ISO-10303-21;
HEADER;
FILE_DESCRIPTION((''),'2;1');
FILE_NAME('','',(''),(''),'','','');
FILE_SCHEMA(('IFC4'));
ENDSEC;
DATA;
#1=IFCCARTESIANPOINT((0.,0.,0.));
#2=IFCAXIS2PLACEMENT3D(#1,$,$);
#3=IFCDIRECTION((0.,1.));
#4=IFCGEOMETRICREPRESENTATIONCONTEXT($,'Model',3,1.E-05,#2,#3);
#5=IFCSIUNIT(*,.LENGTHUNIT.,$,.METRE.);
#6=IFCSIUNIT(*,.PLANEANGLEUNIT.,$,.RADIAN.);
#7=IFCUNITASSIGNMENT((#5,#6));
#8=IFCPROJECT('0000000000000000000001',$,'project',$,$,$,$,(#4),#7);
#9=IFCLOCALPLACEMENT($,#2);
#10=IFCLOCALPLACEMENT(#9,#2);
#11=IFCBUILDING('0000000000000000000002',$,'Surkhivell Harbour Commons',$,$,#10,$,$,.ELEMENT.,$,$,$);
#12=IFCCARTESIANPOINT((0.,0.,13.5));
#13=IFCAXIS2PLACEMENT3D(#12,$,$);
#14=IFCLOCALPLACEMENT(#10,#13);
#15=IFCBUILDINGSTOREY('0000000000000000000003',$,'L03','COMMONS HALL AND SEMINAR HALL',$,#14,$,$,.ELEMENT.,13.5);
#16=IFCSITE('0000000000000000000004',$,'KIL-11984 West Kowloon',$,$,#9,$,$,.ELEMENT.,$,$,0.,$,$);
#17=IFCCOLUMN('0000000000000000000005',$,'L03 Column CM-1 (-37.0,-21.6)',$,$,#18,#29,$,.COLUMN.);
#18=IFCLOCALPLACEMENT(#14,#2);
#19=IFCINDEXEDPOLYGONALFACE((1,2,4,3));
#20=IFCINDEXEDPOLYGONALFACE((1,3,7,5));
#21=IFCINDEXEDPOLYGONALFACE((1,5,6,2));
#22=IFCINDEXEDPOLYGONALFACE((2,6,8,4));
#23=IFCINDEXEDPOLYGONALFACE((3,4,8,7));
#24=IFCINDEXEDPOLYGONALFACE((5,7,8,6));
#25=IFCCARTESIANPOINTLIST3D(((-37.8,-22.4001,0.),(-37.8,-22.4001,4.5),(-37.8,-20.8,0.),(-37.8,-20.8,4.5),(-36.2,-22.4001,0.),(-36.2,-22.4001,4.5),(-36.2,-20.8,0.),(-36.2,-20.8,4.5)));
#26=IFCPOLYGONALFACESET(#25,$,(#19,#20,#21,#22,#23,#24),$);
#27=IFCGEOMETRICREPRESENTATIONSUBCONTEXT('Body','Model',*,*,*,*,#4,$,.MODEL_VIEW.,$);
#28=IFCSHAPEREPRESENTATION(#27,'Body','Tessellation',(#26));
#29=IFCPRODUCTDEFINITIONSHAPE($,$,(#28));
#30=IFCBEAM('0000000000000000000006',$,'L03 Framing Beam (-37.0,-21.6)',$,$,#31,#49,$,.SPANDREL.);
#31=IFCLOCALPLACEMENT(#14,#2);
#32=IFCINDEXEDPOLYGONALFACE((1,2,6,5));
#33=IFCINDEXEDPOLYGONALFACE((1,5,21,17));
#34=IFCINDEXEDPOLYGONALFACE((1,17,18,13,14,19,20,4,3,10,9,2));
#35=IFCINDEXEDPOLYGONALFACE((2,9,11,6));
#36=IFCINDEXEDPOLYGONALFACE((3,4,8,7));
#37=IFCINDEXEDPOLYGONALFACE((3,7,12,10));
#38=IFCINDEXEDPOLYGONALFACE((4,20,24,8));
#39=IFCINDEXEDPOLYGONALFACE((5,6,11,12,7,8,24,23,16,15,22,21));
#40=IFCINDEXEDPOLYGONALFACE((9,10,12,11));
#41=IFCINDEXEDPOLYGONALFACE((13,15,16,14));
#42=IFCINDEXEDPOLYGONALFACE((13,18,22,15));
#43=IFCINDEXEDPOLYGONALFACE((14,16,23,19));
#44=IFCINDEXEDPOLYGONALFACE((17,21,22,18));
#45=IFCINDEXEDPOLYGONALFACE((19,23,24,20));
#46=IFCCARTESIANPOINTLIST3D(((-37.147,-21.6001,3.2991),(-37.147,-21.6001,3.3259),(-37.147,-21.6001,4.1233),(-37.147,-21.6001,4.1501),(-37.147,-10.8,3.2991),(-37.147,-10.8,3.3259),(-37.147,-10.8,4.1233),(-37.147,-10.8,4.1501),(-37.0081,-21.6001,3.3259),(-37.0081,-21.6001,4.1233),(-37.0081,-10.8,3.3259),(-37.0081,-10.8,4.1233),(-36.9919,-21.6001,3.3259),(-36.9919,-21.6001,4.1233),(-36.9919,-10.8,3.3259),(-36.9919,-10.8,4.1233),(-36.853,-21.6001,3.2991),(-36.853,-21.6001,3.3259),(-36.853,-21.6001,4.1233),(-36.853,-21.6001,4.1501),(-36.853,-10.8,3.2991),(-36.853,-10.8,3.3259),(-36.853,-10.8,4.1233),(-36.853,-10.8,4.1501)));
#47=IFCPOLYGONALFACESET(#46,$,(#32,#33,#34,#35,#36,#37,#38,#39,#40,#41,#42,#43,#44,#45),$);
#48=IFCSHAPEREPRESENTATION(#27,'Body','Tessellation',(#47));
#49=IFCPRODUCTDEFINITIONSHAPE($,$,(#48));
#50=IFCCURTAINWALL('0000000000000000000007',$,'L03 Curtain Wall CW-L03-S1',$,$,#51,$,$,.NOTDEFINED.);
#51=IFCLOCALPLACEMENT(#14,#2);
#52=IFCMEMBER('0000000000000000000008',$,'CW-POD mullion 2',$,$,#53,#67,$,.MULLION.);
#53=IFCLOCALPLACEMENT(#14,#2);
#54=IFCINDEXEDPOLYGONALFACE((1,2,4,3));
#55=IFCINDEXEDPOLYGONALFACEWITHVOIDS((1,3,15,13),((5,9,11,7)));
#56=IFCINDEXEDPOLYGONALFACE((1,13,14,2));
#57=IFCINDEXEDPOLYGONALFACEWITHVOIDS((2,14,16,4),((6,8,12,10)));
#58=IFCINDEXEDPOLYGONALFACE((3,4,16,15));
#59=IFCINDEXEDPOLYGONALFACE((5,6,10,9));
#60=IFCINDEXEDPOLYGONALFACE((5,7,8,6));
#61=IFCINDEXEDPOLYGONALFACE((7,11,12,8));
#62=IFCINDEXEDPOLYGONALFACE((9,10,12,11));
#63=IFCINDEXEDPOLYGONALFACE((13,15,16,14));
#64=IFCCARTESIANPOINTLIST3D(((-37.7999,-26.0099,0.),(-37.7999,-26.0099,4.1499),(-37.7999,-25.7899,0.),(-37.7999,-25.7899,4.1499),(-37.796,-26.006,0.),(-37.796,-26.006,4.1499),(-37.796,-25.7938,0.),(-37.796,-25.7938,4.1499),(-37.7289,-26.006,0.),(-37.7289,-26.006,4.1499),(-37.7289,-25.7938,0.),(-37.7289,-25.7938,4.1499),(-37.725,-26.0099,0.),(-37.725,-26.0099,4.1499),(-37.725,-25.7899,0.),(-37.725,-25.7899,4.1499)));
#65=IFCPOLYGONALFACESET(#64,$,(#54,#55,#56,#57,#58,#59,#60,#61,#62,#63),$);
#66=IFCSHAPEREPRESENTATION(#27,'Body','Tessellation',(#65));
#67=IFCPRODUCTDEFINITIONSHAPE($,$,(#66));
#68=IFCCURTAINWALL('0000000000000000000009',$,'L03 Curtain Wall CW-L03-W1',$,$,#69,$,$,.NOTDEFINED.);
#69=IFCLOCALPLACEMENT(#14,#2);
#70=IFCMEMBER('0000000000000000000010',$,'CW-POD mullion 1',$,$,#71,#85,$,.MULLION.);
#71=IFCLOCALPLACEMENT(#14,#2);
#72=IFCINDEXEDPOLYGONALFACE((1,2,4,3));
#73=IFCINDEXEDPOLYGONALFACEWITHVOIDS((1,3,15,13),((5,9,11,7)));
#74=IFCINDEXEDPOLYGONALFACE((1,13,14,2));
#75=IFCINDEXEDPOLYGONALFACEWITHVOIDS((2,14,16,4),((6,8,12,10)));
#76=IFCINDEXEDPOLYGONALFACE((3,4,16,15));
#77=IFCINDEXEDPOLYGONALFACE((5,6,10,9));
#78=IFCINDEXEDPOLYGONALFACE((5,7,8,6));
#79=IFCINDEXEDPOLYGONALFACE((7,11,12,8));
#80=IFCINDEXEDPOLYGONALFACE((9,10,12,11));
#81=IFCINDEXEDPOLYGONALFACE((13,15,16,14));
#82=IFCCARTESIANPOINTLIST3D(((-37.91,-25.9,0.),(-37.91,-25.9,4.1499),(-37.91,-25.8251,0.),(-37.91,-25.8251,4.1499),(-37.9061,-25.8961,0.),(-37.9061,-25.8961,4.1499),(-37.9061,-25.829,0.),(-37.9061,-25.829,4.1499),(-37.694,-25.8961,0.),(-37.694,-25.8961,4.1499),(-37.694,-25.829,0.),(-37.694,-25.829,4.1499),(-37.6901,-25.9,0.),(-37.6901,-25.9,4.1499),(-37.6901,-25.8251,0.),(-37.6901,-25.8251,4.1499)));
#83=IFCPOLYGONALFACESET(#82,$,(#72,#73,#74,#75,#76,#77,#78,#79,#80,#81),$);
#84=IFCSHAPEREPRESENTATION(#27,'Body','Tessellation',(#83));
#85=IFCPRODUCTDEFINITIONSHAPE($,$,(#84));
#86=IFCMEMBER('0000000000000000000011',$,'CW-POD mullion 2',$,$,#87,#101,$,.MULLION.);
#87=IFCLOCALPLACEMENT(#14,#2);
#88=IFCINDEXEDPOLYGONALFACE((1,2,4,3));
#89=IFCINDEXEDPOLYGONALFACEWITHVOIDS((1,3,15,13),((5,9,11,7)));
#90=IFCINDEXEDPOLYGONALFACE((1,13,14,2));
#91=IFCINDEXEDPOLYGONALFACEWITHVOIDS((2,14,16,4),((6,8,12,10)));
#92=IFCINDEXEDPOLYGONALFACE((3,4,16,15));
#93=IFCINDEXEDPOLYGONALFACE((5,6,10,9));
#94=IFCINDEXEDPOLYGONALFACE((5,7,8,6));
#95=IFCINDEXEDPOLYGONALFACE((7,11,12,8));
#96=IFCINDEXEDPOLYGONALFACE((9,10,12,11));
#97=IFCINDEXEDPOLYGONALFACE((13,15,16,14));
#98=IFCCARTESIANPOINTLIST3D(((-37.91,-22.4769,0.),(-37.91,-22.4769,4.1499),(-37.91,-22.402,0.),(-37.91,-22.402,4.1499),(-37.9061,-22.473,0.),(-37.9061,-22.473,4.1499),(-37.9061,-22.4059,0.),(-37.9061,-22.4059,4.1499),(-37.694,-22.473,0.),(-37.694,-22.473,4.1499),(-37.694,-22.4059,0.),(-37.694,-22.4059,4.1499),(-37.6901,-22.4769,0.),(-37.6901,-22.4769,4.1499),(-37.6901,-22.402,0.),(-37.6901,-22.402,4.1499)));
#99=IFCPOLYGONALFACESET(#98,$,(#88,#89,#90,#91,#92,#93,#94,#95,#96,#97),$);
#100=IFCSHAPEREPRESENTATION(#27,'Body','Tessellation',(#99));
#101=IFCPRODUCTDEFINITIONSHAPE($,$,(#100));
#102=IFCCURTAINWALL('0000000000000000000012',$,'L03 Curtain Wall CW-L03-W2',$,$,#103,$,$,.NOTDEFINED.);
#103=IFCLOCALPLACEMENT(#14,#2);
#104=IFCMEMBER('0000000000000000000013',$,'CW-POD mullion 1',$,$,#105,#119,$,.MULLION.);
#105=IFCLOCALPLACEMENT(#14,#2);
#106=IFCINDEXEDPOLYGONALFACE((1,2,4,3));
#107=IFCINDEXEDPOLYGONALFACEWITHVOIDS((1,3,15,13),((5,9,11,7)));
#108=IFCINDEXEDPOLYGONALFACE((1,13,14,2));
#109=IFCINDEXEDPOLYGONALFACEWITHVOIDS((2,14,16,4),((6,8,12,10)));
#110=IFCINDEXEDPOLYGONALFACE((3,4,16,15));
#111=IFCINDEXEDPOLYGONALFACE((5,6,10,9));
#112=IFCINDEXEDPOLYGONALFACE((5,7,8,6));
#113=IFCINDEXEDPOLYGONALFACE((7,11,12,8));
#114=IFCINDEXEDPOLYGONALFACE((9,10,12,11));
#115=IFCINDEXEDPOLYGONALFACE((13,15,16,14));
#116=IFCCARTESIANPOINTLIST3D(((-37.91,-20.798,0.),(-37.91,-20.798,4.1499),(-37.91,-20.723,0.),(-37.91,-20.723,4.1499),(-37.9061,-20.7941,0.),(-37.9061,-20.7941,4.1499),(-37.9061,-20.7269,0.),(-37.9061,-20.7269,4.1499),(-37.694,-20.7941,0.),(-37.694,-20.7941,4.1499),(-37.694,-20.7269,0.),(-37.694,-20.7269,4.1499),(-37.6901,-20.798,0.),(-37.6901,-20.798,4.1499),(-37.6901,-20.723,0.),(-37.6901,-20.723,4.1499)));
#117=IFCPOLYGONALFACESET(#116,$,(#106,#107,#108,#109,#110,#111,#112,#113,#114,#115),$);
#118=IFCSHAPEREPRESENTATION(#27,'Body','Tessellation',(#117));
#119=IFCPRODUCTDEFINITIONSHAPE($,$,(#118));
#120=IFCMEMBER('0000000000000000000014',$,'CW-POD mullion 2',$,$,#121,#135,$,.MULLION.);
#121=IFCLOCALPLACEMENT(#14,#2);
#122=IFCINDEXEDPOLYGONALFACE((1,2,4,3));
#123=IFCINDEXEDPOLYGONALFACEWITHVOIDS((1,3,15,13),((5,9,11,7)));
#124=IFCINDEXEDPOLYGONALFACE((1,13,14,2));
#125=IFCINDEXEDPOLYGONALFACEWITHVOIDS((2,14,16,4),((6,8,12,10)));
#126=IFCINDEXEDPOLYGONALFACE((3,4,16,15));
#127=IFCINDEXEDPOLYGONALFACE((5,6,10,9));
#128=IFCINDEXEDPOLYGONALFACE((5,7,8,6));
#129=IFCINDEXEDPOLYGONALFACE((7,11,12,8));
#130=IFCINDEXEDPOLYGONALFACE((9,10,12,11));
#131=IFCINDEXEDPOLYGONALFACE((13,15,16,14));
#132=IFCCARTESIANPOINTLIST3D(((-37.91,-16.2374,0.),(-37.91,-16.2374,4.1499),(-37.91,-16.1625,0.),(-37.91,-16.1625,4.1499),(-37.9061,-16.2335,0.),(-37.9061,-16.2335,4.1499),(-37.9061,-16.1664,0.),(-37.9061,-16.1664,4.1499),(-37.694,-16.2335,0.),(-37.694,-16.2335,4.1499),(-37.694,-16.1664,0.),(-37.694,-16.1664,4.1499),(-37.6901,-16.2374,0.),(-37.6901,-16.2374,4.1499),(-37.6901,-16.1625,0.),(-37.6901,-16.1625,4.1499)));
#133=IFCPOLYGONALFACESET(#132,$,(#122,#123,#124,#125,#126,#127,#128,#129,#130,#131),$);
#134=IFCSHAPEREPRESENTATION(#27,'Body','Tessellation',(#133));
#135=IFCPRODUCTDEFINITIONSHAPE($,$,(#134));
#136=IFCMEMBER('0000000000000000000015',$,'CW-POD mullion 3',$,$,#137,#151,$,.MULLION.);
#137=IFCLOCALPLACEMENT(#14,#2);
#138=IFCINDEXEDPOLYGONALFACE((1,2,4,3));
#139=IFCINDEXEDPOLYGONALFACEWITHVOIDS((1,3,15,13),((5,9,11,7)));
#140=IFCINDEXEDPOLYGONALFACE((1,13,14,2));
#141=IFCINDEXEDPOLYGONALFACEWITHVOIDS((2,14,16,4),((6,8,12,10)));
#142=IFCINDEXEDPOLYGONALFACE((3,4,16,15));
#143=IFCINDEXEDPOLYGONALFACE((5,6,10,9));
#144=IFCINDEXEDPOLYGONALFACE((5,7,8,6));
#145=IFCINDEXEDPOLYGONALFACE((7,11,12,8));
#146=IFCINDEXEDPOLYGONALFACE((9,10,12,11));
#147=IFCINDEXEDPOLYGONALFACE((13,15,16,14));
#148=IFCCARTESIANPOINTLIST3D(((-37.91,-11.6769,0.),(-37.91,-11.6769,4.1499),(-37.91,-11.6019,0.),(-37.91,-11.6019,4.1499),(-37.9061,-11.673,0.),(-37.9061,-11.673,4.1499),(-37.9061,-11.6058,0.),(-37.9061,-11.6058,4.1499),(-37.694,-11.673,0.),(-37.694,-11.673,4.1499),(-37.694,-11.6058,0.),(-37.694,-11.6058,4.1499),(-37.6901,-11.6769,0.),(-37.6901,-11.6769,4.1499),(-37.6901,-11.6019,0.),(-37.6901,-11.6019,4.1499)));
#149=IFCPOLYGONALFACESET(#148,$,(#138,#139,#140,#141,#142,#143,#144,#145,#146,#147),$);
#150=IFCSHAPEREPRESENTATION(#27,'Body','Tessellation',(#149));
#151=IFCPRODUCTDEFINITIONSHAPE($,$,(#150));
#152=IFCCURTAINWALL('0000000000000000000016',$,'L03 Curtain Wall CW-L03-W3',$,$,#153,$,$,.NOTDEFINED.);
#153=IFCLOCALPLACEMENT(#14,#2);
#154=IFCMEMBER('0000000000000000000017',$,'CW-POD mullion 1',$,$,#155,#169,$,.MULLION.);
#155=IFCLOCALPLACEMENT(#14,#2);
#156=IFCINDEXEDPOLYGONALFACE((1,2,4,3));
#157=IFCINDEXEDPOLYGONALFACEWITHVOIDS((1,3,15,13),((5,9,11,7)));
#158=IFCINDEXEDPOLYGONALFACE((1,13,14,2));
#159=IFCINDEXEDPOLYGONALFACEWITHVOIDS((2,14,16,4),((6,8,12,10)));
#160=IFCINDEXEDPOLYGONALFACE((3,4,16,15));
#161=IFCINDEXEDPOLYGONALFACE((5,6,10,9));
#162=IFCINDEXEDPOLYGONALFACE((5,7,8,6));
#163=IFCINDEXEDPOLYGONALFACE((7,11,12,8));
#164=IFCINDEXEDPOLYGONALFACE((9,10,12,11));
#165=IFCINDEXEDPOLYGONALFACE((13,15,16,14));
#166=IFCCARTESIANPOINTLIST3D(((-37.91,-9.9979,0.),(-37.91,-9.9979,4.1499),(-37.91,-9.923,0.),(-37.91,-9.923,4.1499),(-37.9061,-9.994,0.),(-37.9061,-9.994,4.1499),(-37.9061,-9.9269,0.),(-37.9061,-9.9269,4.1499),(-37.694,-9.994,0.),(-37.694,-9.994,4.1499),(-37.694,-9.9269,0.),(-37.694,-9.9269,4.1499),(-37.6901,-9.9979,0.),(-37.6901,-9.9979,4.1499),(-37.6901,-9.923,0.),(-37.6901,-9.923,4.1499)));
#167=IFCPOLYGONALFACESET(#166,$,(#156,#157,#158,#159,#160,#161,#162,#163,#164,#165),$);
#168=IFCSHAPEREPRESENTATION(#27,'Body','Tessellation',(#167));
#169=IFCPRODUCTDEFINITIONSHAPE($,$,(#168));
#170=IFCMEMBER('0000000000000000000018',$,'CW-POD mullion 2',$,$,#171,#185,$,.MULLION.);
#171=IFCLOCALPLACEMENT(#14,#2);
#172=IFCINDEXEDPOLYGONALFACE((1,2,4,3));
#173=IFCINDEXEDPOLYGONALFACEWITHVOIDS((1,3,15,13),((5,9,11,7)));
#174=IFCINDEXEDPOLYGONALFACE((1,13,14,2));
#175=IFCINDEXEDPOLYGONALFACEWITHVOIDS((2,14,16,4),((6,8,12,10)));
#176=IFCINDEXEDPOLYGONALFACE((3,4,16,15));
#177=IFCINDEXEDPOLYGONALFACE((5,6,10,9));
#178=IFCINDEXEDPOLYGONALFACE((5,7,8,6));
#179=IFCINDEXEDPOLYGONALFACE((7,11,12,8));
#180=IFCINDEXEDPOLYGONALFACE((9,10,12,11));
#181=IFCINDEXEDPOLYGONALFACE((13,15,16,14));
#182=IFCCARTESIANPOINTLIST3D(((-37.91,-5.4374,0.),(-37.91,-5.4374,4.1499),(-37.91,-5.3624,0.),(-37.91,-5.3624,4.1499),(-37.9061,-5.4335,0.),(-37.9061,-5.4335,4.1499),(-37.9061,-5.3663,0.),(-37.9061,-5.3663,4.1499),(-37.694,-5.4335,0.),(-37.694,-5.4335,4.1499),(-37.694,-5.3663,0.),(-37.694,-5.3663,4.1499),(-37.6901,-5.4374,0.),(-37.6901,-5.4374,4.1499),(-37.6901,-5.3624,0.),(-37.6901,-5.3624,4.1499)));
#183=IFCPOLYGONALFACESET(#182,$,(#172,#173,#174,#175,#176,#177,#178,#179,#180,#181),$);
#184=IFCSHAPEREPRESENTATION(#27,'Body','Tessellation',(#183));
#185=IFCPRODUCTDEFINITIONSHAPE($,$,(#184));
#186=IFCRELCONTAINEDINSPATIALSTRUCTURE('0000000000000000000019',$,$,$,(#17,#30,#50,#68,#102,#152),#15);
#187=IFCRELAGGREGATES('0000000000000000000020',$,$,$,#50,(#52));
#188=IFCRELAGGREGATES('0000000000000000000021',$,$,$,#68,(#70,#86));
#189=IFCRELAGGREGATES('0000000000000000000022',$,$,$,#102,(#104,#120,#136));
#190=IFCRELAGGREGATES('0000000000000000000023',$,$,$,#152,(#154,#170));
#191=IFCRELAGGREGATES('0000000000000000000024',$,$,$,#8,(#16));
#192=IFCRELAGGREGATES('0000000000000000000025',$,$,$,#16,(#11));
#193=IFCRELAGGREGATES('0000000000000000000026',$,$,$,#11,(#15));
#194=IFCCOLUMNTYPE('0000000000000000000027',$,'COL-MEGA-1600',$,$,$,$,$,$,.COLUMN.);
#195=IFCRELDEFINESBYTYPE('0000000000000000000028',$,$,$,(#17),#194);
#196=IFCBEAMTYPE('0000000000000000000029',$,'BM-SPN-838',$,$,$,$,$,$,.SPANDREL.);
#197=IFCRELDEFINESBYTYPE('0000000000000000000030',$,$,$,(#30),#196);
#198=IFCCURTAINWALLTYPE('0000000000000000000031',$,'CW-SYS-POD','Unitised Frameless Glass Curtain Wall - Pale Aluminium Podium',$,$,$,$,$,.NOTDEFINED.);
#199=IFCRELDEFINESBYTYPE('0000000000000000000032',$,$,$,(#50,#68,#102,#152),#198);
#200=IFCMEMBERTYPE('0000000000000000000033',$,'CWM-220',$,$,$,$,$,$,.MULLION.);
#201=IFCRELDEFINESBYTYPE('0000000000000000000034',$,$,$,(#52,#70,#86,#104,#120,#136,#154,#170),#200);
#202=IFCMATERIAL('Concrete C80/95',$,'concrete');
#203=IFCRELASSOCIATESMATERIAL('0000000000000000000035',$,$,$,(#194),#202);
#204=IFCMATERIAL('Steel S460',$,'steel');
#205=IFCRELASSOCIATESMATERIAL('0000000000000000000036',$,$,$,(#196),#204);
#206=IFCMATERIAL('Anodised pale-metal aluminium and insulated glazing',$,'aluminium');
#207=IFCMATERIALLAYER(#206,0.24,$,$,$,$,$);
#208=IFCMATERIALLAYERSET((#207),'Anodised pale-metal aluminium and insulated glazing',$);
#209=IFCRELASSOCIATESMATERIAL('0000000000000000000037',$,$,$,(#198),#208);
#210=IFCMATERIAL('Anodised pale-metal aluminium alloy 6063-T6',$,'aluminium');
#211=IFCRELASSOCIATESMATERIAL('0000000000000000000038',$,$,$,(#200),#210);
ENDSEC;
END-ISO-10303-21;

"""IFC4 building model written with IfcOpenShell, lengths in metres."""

from ifc_helpers import new_model, si_unit, direction, frame, origin, origin_2d, place, context, subcontext, project, spatial, rectangle, hollow_rectangle, i_section, extrude, material, layer, layer_set, material_profile, profile_set, type_object, element, aggregate, save


model = new_model("IFC4")

# Units and contexts
model_context = context("Model", 3, precision=1e-05, world=origin(), true_north=direction((0.0, 1.0)))
body_context = subcontext(model_context, "Body", "Model", "MODEL_VIEW")
ifc_project = project(units=[si_unit("LENGTHUNIT", "METRE"), si_unit("PLANEANGLEUNIT", "RADIAN")], contexts=[model_context])

# Site, building, storey
site_placement = place(None, origin())
site = spatial("IfcSite", under=ifc_project, at=site_placement, Name="KIL-11984 West Kowloon", CompositionType="ELEMENT", RefElevation=0.0)
building_placement = place(site_placement, origin())
building = spatial("IfcBuilding", under=site, at=building_placement, Name="Surkhivell Harbour Commons", CompositionType="ELEMENT")
storey_placement = place(building_placement, frame((0.0, 0.0, 13.5)))
storey = spatial("IfcBuildingStorey", under=building, at=storey_placement, Name="L03", Description="COMMONS HALL AND SEMINAR HALL", CompositionType="ELEMENT", Elevation=13.5)

# Column
ifc_material_1 = material(Name="Concrete C80/95", Category="concrete")
ifc_material_profile_1 = material_profile(ifc_material_1, rectangle(XDim=1.6001, YDim=1.6001, at=origin_2d()), Name="RC-COL-1600x1600")
ifc_profile_set_1 = profile_set([ifc_material_profile_1], Name="Concrete C80/95")
column_type = type_object("IfcColumnType", Name="COL-MEGA-1600", PredefinedType="COLUMN", material=ifc_profile_set_1)
column_placement = place(storey_placement, frame((-37.0, -21.6001, 0.0), z_axis=(0.0, 0.0, 1.0), x_axis=(1.0, 0.0, 0.0)))
element("IfcColumn", 1, at=column_placement, inside=storey, type_object=column_type, Name="L03 Column CM-1 (-37.0,-21.6)", PredefinedType="COLUMN", context=body_context, shape_type="SweptSolid", body=[
    extrude(rectangle(XDim=1.6001, YDim=1.6001, at=origin_2d()), origin(), (0.0, 0.0, 1.0), 4.5),
])

# Beam
ifc_material_2 = material(Name="Steel S460", Category="steel")
ifc_material_profile_2 = material_profile(ifc_material_2, i_section(OverallWidth=0.2939, OverallDepth=0.8511, WebThickness=0.0161, FlangeThickness=0.0269, at=origin_2d()), Name="UB838x292x226")
ifc_profile_set_2 = profile_set([ifc_material_profile_2], Name="Steel S460")
beam_type = type_object("IfcBeamType", Name="BM-SPN-838", PredefinedType="SPANDREL", material=ifc_profile_set_2)
beam_placement = place(storey_placement, frame((-37.0, -21.6001, 3.7246), z_axis=(0.0, 1.0, 0.0), x_axis=(-1.0, 0.0, 0.0)))
element("IfcBeam", 2, at=beam_placement, inside=storey, type_object=beam_type, Name="L03 Framing Beam (-37.0,-21.6)", PredefinedType="SPANDREL", context=body_context, shape_type="SweptSolid", body=[
    extrude(i_section(OverallWidth=0.2939, OverallDepth=0.8511, WebThickness=0.0161, FlangeThickness=0.0269, at=origin_2d()), origin(), (0.0, 0.0, 1.0), 10.8),
])

# Curtain wall, member
ifc_material_3 = material(Name="Anodised pale-metal aluminium and insulated glazing", Category="aluminium")
ifc_layer_1 = layer(ifc_material_3, 0.24)
ifc_layer_set_1 = layer_set([ifc_layer_1], Name="Anodised pale-metal aluminium and insulated glazing")
curtain_wall_type = type_object("IfcCurtainWallType", Name="CW-SYS-POD", Description="Unitised Frameless Glass Curtain Wall - Pale Aluminium Podium", PredefinedType="NOTDEFINED", material=ifc_layer_set_1)
curtain_wall_1_placement = place(storey_placement, origin())
curtain_wall_1 = element("IfcCurtainWall", 3, at=curtain_wall_1_placement, inside=storey, type_object=curtain_wall_type, Name="L03 Curtain Wall CW-L03-S1", PredefinedType="NOTDEFINED")
ifc_material_4 = material(Name="Anodised pale-metal aluminium alloy 6063-T6", Category="aluminium")
ifc_material_profile_3 = material_profile(ifc_material_4, hollow_rectangle(XDim=0.075, YDim=0.22, WallThickness=0.0039, at=origin_2d()), Name="ALU-MULL-75x220")
ifc_profile_set_3 = profile_set([ifc_material_profile_3], Name="Anodised pale-metal aluminium alloy 6063-T6")
member_type_1 = type_object("IfcMemberType", Name="CWM-220", PredefinedType="MULLION", material=ifc_profile_set_3)
member_1_placement = place(storey_placement, frame((-37.7625, -25.8999, 0.0), z_axis=(0.0, 0.0, 1.0), x_axis=(-1.0, 0.0, 0.0)))
member_1 = element("IfcMember", 4, at=member_1_placement, type_object=member_type_1, Name="CW-POD mullion 2", PredefinedType="MULLION", context=body_context, shape_type="SweptSolid", body=[
    extrude(hollow_rectangle(XDim=0.075, YDim=0.22, WallThickness=0.0039, at=origin_2d()), origin(), (0.0, 0.0, 1.0), 4.1499),
])
aggregate(curtain_wall_1, [member_1])

# Curtain walls, members
curtain_wall_2_placement = place(storey_placement, origin())
curtain_wall_2 = element("IfcCurtainWall", 5, at=curtain_wall_2_placement, inside=storey, type_object=curtain_wall_type, Name="L03 Curtain Wall CW-L03-W1", PredefinedType="NOTDEFINED")
member_2_placement = place(storey_placement, frame((-37.8, -25.8625, 0.0), z_axis=(0.0, 0.0, 1.0), x_axis=(0.0, 1.0, 0.0)))
member_2 = element("IfcMember", 6, at=member_2_placement, type_object=member_type_1, Name="CW-POD mullion 1", PredefinedType="MULLION", context=body_context, shape_type="SweptSolid", body=[
    extrude(hollow_rectangle(XDim=0.075, YDim=0.22, WallThickness=0.0039, at=origin_2d()), origin(), (0.0, 0.0, 1.0), 4.1499),
])
member_3_placement = place(storey_placement, frame((-37.8, -22.4395, 0.0), z_axis=(0.0, 0.0, 1.0), x_axis=(0.0, 1.0, 0.0)))
member_3 = element("IfcMember", 7, at=member_3_placement, type_object=member_type_1, Name="CW-POD mullion 2", PredefinedType="MULLION", context=body_context, shape_type="SweptSolid", body=[
    extrude(hollow_rectangle(XDim=0.075, YDim=0.22, WallThickness=0.0039, at=origin_2d()), origin(), (0.0, 0.0, 1.0), 4.1499),
])
curtain_wall_3_placement = place(storey_placement, origin())
curtain_wall_3 = element("IfcCurtainWall", 8, at=curtain_wall_3_placement, inside=storey, type_object=curtain_wall_type, Name="L03 Curtain Wall CW-L03-W2", PredefinedType="NOTDEFINED")
member_4_placement = place(storey_placement, frame((-37.8, -20.7605, 0.0), z_axis=(0.0, 0.0, 1.0), x_axis=(0.0, 1.0, 0.0)))
member_4 = element("IfcMember", 9, at=member_4_placement, type_object=member_type_1, Name="CW-POD mullion 1", PredefinedType="MULLION", context=body_context, shape_type="SweptSolid", body=[
    extrude(hollow_rectangle(XDim=0.075, YDim=0.22, WallThickness=0.0039, at=origin_2d()), origin(), (0.0, 0.0, 1.0), 4.1499),
])
member_5_placement = place(storey_placement, frame((-37.8, -16.2, 0.0), z_axis=(0.0, 0.0, 1.0), x_axis=(0.0, 1.0, 0.0)))
member_5 = element("IfcMember", 10, at=member_5_placement, type_object=member_type_1, Name="CW-POD mullion 2", PredefinedType="MULLION", context=body_context, shape_type="SweptSolid", body=[
    extrude(hollow_rectangle(XDim=0.075, YDim=0.22, WallThickness=0.0039, at=origin_2d()), origin(), (0.0, 0.0, 1.0), 4.1499),
])
member_6_placement = place(storey_placement, frame((-37.8, -11.6394, 0.0), z_axis=(0.0, 0.0, 1.0), x_axis=(0.0, 1.0, 0.0)))
member_6 = element("IfcMember", 11, at=member_6_placement, type_object=member_type_1, Name="CW-POD mullion 3", PredefinedType="MULLION", context=body_context, shape_type="SweptSolid", body=[
    extrude(hollow_rectangle(XDim=0.075, YDim=0.22, WallThickness=0.0039, at=origin_2d()), origin(), (0.0, 0.0, 1.0), 4.1499),
])
curtain_wall_4_placement = place(storey_placement, origin())
curtain_wall_4 = element("IfcCurtainWall", 12, at=curtain_wall_4_placement, inside=storey, type_object=curtain_wall_type, Name="L03 Curtain Wall CW-L03-W3", PredefinedType="NOTDEFINED")
member_7_placement = place(storey_placement, frame((-37.8, -9.9604, 0.0), z_axis=(0.0, 0.0, 1.0), x_axis=(0.0, 1.0, 0.0)))
member_7 = element("IfcMember", 13, at=member_7_placement, type_object=member_type_1, Name="CW-POD mullion 1", PredefinedType="MULLION", context=body_context, shape_type="SweptSolid", body=[
    extrude(hollow_rectangle(XDim=0.075, YDim=0.22, WallThickness=0.0039, at=origin_2d()), origin(), (0.0, 0.0, 1.0), 4.1499),
])
member_8_placement = place(storey_placement, frame((-37.8, -5.3999, 0.0), z_axis=(0.0, 0.0, 1.0), x_axis=(0.0, 1.0, 0.0)))
member_8 = element("IfcMember", 14, at=member_8_placement, type_object=member_type_1, Name="CW-POD mullion 2", PredefinedType="MULLION", context=body_context, shape_type="SweptSolid", body=[
    extrude(hollow_rectangle(XDim=0.075, YDim=0.22, WallThickness=0.0039, at=origin_2d()), origin(), (0.0, 0.0, 1.0), 4.1499),
])

aggregate(curtain_wall_2, [member_2, member_3])
aggregate(curtain_wall_3, [member_4, member_5, member_6])
aggregate(curtain_wall_4, [member_7, member_8])

save(model, "model.ifc")
